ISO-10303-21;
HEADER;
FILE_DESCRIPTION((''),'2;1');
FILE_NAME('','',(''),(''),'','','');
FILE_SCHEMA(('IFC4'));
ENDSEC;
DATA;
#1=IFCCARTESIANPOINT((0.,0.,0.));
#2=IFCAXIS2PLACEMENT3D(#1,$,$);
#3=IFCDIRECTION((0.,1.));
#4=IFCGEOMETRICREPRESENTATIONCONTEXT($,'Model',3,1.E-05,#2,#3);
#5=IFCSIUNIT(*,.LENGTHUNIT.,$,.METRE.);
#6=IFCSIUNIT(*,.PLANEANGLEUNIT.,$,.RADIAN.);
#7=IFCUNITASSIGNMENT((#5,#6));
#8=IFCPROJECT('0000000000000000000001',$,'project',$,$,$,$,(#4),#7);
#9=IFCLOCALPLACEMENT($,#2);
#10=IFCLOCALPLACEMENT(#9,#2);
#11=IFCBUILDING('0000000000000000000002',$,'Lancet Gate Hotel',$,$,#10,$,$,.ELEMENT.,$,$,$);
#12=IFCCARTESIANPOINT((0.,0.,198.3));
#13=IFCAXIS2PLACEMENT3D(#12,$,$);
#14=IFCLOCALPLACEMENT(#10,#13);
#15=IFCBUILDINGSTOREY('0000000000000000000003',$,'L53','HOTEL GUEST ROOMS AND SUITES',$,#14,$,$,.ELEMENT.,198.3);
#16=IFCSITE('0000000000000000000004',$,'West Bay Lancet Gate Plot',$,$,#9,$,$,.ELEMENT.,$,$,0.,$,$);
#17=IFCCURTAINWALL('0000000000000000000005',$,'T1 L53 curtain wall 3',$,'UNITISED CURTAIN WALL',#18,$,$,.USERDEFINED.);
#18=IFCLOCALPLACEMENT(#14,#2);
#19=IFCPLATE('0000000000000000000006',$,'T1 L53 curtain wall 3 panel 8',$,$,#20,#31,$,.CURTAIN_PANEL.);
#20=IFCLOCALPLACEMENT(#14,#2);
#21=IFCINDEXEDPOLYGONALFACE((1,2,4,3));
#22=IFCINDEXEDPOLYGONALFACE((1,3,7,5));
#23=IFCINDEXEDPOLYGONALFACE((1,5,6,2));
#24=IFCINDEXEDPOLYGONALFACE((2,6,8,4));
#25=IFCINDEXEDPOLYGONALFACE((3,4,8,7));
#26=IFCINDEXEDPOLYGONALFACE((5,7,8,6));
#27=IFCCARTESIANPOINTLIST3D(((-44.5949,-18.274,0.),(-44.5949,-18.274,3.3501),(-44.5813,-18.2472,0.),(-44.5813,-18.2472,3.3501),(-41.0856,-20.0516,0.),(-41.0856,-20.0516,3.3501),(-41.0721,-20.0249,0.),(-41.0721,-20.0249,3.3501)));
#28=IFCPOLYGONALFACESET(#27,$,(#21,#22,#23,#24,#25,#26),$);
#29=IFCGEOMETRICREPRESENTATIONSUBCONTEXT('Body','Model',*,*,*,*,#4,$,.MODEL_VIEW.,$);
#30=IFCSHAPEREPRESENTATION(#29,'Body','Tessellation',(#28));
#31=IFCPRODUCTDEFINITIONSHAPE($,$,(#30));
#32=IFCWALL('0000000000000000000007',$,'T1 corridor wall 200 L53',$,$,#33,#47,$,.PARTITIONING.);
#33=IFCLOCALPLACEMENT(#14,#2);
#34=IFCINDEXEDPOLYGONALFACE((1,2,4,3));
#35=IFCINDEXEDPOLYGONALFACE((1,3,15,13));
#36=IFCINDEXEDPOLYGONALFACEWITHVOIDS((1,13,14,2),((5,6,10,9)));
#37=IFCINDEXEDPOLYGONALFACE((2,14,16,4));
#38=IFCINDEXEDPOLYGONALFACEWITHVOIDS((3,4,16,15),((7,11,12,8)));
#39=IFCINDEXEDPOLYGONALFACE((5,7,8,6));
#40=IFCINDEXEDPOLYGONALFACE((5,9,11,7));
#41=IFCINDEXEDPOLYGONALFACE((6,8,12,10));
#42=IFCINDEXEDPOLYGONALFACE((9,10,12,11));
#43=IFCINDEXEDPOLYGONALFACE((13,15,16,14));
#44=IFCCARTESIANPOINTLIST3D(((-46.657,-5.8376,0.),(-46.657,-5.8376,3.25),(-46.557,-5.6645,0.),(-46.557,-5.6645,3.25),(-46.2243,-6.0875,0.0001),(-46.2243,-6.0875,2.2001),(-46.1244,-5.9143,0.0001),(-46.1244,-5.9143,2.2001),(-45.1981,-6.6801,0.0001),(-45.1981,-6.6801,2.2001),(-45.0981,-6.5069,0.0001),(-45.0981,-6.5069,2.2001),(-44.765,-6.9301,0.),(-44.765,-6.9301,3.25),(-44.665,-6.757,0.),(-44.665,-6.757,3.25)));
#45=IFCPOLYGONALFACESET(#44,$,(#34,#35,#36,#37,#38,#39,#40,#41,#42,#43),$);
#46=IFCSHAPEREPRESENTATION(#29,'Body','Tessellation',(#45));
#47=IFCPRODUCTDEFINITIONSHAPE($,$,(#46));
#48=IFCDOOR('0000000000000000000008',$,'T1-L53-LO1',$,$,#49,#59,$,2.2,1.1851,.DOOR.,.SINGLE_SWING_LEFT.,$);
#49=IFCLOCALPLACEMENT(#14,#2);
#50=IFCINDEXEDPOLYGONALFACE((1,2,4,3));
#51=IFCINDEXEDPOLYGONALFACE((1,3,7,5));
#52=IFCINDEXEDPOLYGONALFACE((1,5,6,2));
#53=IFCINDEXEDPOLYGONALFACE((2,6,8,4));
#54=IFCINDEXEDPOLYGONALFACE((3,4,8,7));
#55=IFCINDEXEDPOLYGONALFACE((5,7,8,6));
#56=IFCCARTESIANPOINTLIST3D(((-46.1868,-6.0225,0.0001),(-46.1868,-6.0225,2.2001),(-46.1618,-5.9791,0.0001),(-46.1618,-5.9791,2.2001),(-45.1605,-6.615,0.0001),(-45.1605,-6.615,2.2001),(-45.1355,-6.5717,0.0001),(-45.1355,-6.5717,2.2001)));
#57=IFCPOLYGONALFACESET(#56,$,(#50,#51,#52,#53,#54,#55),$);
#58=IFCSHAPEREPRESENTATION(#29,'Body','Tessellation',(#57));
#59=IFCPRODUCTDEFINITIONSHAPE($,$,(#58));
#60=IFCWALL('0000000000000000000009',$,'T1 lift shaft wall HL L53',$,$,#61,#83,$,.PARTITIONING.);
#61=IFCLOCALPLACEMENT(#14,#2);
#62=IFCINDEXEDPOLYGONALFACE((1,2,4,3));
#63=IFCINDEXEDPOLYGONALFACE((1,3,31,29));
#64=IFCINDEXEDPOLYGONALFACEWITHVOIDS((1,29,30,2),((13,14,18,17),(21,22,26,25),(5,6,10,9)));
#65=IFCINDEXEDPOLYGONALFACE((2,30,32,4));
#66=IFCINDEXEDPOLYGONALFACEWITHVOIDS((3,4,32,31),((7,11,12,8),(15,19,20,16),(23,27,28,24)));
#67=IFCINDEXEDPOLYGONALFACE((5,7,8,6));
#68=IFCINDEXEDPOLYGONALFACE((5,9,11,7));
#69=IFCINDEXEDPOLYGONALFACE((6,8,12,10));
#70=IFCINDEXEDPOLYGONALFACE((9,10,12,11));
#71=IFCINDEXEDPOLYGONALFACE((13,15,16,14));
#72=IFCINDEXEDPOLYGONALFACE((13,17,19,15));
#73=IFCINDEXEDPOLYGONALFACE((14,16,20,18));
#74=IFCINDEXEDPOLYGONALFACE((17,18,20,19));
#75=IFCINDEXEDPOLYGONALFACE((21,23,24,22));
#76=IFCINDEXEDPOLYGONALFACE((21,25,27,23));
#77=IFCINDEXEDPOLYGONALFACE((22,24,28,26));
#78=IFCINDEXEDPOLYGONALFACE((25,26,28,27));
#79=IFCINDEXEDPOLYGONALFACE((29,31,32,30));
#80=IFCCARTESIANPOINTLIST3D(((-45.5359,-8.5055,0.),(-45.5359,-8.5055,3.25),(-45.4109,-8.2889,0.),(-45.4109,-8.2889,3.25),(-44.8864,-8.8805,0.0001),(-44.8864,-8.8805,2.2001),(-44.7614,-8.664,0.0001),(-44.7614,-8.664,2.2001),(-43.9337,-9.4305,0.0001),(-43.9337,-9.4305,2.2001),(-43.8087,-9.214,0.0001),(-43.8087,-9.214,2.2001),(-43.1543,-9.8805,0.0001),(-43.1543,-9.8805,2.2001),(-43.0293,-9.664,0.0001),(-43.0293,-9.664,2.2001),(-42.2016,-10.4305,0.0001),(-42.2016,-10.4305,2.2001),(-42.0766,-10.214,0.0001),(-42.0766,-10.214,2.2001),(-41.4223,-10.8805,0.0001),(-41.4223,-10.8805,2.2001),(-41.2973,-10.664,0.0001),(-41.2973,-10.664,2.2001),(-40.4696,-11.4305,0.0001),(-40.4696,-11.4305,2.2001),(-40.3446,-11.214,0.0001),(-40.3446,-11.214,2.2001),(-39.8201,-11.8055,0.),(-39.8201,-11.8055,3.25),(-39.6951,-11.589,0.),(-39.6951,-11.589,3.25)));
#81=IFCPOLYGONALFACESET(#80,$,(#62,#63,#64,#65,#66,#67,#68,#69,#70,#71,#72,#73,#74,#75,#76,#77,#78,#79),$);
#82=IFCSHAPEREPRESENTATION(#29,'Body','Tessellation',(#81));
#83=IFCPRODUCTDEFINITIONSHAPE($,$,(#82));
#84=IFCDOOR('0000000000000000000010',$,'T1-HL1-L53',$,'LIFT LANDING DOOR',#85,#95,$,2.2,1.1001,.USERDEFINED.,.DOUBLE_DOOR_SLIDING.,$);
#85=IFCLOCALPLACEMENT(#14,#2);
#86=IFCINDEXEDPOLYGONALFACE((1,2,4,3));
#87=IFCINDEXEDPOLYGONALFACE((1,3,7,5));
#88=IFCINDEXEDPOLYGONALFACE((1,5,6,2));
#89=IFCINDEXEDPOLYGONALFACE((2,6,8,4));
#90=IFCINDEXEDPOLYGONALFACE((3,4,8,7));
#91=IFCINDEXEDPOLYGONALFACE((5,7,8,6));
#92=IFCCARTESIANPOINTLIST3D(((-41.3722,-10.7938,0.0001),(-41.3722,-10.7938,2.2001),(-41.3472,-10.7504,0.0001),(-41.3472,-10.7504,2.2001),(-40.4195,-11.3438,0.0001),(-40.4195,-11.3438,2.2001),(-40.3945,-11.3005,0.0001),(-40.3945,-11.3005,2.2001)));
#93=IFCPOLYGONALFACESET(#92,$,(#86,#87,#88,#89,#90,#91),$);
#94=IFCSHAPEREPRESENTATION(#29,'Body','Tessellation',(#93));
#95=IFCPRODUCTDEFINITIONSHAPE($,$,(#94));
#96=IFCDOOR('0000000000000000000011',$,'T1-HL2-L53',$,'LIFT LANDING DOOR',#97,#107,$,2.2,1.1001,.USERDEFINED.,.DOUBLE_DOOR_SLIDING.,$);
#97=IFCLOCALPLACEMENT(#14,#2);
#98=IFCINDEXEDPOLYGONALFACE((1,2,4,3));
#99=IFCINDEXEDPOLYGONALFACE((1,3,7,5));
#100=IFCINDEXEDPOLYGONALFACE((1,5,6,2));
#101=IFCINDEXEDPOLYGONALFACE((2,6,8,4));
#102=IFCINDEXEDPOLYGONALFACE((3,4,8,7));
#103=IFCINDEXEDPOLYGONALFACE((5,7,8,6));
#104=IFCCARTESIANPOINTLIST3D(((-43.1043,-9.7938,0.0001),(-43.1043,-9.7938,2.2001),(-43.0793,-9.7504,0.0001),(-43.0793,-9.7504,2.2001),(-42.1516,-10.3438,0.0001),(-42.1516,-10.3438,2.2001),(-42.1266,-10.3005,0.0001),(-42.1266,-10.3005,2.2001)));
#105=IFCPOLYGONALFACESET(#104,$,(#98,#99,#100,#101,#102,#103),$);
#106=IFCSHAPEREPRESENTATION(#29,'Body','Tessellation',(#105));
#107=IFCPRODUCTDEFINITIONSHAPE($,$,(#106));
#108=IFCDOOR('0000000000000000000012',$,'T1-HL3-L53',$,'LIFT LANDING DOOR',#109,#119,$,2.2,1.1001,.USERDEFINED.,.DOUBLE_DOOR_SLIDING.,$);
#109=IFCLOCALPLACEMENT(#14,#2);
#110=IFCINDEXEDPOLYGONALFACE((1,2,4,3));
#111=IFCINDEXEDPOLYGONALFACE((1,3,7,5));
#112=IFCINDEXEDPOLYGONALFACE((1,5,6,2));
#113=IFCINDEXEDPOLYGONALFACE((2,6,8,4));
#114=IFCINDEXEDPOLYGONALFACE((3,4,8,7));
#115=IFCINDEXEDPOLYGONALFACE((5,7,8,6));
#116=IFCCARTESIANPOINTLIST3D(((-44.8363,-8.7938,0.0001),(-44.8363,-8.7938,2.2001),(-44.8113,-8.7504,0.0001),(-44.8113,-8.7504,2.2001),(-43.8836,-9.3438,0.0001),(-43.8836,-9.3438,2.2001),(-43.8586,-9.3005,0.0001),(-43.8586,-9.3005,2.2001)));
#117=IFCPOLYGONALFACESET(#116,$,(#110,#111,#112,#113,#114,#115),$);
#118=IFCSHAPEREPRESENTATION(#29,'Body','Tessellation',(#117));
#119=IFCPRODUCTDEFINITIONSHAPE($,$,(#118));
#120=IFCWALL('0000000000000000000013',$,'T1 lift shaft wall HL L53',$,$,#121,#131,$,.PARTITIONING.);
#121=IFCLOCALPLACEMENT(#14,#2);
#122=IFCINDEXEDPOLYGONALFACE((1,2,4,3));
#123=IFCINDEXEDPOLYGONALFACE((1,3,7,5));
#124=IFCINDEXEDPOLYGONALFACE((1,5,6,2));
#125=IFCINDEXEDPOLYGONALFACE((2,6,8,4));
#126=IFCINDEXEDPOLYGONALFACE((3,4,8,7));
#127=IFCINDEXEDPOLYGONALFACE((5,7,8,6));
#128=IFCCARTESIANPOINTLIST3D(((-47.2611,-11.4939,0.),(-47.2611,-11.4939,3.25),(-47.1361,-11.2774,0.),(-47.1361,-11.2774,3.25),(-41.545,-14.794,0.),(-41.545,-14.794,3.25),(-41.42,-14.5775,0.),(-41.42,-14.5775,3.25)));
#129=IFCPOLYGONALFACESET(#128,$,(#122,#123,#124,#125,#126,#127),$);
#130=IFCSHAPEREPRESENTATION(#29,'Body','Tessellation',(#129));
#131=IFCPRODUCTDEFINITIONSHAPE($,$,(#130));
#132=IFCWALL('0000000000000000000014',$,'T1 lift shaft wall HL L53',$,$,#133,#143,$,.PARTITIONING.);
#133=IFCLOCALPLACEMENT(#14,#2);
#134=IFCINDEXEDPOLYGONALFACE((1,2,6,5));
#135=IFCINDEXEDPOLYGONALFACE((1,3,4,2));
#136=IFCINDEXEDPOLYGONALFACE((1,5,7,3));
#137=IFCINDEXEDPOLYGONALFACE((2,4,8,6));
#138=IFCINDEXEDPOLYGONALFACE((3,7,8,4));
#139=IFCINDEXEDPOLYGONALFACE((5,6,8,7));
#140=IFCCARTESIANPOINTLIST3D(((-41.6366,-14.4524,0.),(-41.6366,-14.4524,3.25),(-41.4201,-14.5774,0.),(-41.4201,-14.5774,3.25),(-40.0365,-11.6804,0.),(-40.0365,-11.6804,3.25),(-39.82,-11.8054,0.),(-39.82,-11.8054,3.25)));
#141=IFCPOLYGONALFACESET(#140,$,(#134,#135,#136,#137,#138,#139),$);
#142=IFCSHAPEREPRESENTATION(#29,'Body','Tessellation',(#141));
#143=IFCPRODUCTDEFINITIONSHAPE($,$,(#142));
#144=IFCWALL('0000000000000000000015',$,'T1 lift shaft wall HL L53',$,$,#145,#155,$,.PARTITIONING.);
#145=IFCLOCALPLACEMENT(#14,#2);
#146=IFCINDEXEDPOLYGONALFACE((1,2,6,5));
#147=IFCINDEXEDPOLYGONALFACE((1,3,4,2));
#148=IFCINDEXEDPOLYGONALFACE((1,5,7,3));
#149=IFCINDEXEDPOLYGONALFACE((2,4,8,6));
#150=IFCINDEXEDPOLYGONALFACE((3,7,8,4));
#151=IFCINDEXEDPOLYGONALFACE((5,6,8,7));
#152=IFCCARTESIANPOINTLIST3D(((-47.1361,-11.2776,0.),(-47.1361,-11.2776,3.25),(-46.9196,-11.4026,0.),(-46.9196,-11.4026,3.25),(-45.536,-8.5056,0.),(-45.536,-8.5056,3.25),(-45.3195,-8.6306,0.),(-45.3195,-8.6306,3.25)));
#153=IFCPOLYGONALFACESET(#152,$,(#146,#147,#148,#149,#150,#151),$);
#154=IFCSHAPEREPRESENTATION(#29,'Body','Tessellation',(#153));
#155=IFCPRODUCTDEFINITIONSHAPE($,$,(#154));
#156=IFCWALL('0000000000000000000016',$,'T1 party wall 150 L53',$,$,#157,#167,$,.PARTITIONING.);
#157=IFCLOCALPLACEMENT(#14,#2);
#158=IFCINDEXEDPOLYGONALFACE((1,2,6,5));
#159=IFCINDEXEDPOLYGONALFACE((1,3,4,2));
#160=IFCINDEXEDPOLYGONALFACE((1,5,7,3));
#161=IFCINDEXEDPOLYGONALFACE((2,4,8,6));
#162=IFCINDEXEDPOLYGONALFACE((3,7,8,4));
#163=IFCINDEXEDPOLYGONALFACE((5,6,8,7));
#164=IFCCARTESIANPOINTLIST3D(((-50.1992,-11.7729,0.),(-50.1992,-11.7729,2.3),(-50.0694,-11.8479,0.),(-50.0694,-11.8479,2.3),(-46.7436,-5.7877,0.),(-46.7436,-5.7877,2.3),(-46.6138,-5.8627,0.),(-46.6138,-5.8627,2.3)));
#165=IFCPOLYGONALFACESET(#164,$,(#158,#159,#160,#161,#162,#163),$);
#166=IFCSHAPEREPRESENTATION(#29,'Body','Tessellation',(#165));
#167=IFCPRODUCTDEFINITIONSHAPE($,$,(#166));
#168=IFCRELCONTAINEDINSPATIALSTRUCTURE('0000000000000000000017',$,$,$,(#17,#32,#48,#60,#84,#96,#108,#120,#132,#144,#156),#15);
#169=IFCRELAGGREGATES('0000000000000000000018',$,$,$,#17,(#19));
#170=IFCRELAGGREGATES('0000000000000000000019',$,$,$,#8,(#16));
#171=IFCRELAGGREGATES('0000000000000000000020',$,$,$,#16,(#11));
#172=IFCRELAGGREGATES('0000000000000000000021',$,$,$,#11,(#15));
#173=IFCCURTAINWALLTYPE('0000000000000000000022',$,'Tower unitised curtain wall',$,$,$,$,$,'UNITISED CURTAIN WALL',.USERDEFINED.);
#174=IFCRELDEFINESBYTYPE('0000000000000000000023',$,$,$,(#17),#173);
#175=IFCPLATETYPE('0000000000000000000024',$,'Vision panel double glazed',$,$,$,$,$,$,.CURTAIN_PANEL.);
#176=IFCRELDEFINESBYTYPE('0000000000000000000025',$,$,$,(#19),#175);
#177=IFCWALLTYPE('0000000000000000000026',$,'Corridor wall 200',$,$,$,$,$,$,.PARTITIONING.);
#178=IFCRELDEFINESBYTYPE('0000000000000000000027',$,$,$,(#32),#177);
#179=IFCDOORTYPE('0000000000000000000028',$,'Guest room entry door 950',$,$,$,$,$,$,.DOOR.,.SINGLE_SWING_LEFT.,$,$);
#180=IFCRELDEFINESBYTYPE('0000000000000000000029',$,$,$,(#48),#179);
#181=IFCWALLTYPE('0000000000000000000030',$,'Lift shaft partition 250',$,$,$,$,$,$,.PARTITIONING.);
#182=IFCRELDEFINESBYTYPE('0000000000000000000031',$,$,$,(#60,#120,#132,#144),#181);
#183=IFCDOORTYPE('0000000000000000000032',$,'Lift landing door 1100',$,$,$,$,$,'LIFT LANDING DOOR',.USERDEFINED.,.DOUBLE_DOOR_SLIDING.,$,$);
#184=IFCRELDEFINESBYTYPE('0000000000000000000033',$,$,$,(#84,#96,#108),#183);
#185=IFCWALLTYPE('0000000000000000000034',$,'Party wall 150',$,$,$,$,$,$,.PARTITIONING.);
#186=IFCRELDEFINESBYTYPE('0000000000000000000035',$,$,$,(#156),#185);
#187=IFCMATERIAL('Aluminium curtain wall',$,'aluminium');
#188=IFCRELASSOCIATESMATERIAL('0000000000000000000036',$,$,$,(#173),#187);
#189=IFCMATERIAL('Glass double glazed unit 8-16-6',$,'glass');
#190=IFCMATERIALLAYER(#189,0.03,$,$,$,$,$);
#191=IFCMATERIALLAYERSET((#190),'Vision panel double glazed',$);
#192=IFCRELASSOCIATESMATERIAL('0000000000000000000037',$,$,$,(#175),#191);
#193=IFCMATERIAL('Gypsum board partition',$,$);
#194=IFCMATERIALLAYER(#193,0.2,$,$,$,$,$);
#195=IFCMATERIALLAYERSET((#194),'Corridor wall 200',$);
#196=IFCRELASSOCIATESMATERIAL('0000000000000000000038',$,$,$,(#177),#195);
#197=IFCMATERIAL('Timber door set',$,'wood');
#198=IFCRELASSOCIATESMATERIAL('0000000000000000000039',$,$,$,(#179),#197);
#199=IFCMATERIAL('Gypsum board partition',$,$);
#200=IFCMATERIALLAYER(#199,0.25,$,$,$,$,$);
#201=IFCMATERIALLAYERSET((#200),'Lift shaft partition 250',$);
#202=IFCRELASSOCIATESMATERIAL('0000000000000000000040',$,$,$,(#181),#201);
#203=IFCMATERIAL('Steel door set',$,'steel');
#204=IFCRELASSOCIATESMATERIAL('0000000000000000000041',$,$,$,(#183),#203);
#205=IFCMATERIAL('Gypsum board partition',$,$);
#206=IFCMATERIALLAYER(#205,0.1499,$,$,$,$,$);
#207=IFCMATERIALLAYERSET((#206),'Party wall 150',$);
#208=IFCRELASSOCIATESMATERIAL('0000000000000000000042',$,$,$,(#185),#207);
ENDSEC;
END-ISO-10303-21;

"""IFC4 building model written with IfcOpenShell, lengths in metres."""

from ifc_helpers import new_model, si_unit, direction, frame, frame_2d, origin, origin_2d, place, context, subcontext, project, spatial, rectangle, extrude, material, layer, layer_set, type_object, element, fill, aggregate, save


model = new_model("IFC4")

# Units and contexts
model_context = context("Model", 3, precision=1e-05, world=origin(), true_north=direction((0.0, 1.0)))
body_context = subcontext(model_context, "Body", "Model", "MODEL_VIEW")
ifc_project = project(units=[si_unit("LENGTHUNIT", "METRE"), si_unit("PLANEANGLEUNIT", "RADIAN")], contexts=[model_context])

# Site, building, storey
site_placement = place(None, origin())
site = spatial("IfcSite", under=ifc_project, at=site_placement, Name="West Bay Lancet Gate Plot", CompositionType="ELEMENT", RefElevation=0.0)
building_placement = place(site_placement, origin())
building = spatial("IfcBuilding", under=site, at=building_placement, Name="Lancet Gate Hotel", CompositionType="ELEMENT")
storey_placement = place(building_placement, frame((0.0, 0.0, 198.3)))
storey = spatial("IfcBuildingStorey", under=building, at=storey_placement, Name="L53", Description="HOTEL GUEST ROOMS AND SUITES", CompositionType="ELEMENT", Elevation=198.3)

# Curtain wall
ifc_material_1 = material(Name="Aluminium curtain wall", Category="aluminium")
curtain_wall_type = type_object("IfcCurtainWallType", Name="Tower unitised curtain wall", ElementType="UNITISED CURTAIN WALL", PredefinedType="USERDEFINED", material=ifc_material_1)
curtain_wall_placement = place(storey_placement, origin())
curtain_wall = element("IfcCurtainWall", 1, at=curtain_wall_placement, inside=storey, type_object=curtain_wall_type, Name="T1 L53 curtain wall 3", ObjectType="UNITISED CURTAIN WALL", PredefinedType="USERDEFINED")

# Plate
ifc_material_2 = material(Name="Glass double glazed unit 8-16-6", Category="glass")
ifc_layer_1 = layer(ifc_material_2, 0.03)
ifc_layer_set_1 = layer_set([ifc_layer_1], Name="Vision panel double glazed")
plate_type = type_object("IfcPlateType", Name="Vision panel double glazed", PredefinedType="CURTAIN_PANEL", material=ifc_layer_set_1)
plate_1_placement = place(storey_placement, frame((-42.8335, -19.1494, 0.0), z_axis=(0.0, 0.0, 1.0), x_axis=(0.892071, -0.451895, 0.0)))
plate_1 = element("IfcPlate", 2, at=plate_1_placement, type_object=plate_type, Name="T1 L53 curtain wall 3 panel 8", PredefinedType="CURTAIN_PANEL", context=body_context, shape_type="SweptSolid", body=[
    extrude(rectangle(XDim=3.9338, YDim=0.03, at=origin_2d()), origin(), (0.0, 0.0, 1.0), 3.3501),
])
aggregate(curtain_wall, [plate_1])

# Wall, opening, door
ifc_material_3 = material(Name="Gypsum board partition")
ifc_layer_2 = layer(ifc_material_3, 0.2)
ifc_layer_set_2 = layer_set([ifc_layer_2], Name="Corridor wall 200")
wall_type_1 = type_object("IfcWallType", Name="Corridor wall 200", PredefinedType="PARTITIONING", material=ifc_layer_set_2)
wall_1_placement = place(storey_placement, frame((-44.7151, -6.8435, 0.0), z_axis=(0.0, 0.0, 1.0), x_axis=(-0.865999, 0.500045, 0.0)))
wall_1 = element("IfcWall", 3, at=wall_1_placement, inside=storey, type_object=wall_type_1, Name="T1 corridor wall 200 L53", PredefinedType="PARTITIONING", context=body_context, shape_type="SweptSolid", body=[
    extrude(rectangle(XDim=2.1848, YDim=0.2, at=frame_2d((1.0923, 0.0))), origin(), (0.0, 0.0, 1.0), 3.25),
])
opening_1_placement = place(wall_1_placement, frame((0.5, 0.0, 0.0)))
opening_1 = element("IfcOpeningElement", 4, at=opening_1_placement, cuts=wall_1, PredefinedType="OPENING", context=body_context, shape_type="SweptSolid", body=[
    extrude(rectangle(XDim=1.1851, YDim=2.2, at=frame_2d((0.5925, 1.1001))), frame((0.0, 0.1099, 0.0), z_axis=(0.0, -1.0, 0.0), x_axis=(1.0, 0.0, 0.0)), (0.0, 0.0, 1.0), 0.22),
])
ifc_material_4 = material(Name="Timber door set", Category="wood")
door_type_1 = type_object("IfcDoorType", Name="Guest room entry door 950", OperationType="SINGLE_SWING_LEFT", PredefinedType="DOOR", material=ifc_material_4)
door_1_placement = place(opening_1_placement, origin())
door_1 = element("IfcDoor", 5, at=door_1_placement, inside=storey, type_object=door_type_1, Name="T1-L53-LO1", OperationType="SINGLE_SWING_LEFT", OverallHeight=2.2, OverallWidth=1.1851, PredefinedType="DOOR", context=body_context, shape_type="SweptSolid", body=[
    extrude(rectangle(XDim=1.1851, YDim=2.2, at=frame_2d((0.5925, 1.1001))), frame((0.0, 0.0249, 0.0), z_axis=(0.0, -1.0, 0.0), x_axis=(1.0, 0.0, 0.0)), (0.0, 0.0, 1.0), 0.05),
])
fill(opening_1, door_1)

# Wall, openings, doors
ifc_material_5 = material(Name="Gypsum board partition")
ifc_layer_3 = layer(ifc_material_5, 0.25)
ifc_layer_set_3 = layer_set([ifc_layer_3], Name="Lift shaft partition 250")
wall_type_2 = type_object("IfcWallType", Name="Lift shaft partition 250", PredefinedType="PARTITIONING", material=ifc_layer_set_3)
wall_2_placement = place(storey_placement, frame((-39.7576, -11.6973, 0.0), z_axis=(0.0, 0.0, 1.0), x_axis=(-0.866024, 0.500002, 0.0)))
wall_2 = element("IfcWall", 6, at=wall_2_placement, inside=storey, type_object=wall_type_2, Name="T1 lift shaft wall HL L53", PredefinedType="PARTITIONING", context=body_context, shape_type="SweptSolid", body=[
    extrude(rectangle(XDim=6.6001, YDim=0.25, at=frame_2d((3.3, 0.0))), origin(), (0.0, 0.0, 1.0), 3.25),
])
opening_2_placement = place(wall_2_placement, frame((0.75, 0.0, 0.0)))
opening_2 = element("IfcOpeningElement", 7, at=opening_2_placement, cuts=wall_2, PredefinedType="OPENING", context=body_context, shape_type="SweptSolid", body=[
    extrude(rectangle(XDim=1.1001, YDim=2.2, at=frame_2d((0.55, 1.1001))), frame((0.0, 0.135, 0.0), z_axis=(0.0, -1.0, 0.0), x_axis=(1.0, 0.0, 0.0)), (0.0, 0.0, 1.0), 0.27),
])
opening_3_placement = place(wall_2_placement, frame((2.75, 0.0, 0.0)))
opening_3 = element("IfcOpeningElement", 8, at=opening_3_placement, cuts=wall_2, PredefinedType="OPENING", context=body_context, shape_type="SweptSolid", body=[
    extrude(rectangle(XDim=1.1001, YDim=2.2, at=frame_2d((0.55, 1.1001))), frame((0.0, 0.135, 0.0), z_axis=(0.0, -1.0, 0.0), x_axis=(1.0, 0.0, 0.0)), (0.0, 0.0, 1.0), 0.27),
])
opening_4_placement = place(wall_2_placement, frame((4.75, 0.0, 0.0)))
opening_4 = element("IfcOpeningElement", 9, at=opening_4_placement, cuts=wall_2, PredefinedType="OPENING", context=body_context, shape_type="SweptSolid", body=[
    extrude(rectangle(XDim=1.1001, YDim=2.2, at=frame_2d((0.55, 1.1001))), frame((0.0, 0.135, 0.0), z_axis=(0.0, -1.0, 0.0), x_axis=(1.0, 0.0, 0.0)), (0.0, 0.0, 1.0), 0.27),
])
ifc_material_6 = material(Name="Steel door set", Category="steel")
door_type_2 = type_object("IfcDoorType", Name="Lift landing door 1100", ElementType="LIFT LANDING DOOR", OperationType="DOUBLE_DOOR_SLIDING", PredefinedType="USERDEFINED", material=ifc_material_6)
door_2_placement = place(opening_2_placement, origin())
door_2 = element("IfcDoor", 10, at=door_2_placement, inside=storey, type_object=door_type_2, Name="T1-HL1-L53", ObjectType="LIFT LANDING DOOR", OperationType="DOUBLE_DOOR_SLIDING", OverallHeight=2.2, OverallWidth=1.1001, PredefinedType="USERDEFINED", context=body_context, shape_type="SweptSolid", body=[
    extrude(rectangle(XDim=1.1001, YDim=2.2, at=frame_2d((0.55, 1.1001))), frame((0.0, 0.0249, 0.0), z_axis=(0.0, -1.0, 0.0), x_axis=(1.0, 0.0, 0.0)), (0.0, 0.0, 1.0), 0.05),
])
fill(opening_2, door_2)
door_3_placement = place(opening_3_placement, origin())
door_3 = element("IfcDoor", 11, at=door_3_placement, inside=storey, type_object=door_type_2, Name="T1-HL2-L53", ObjectType="LIFT LANDING DOOR", OperationType="DOUBLE_DOOR_SLIDING", OverallHeight=2.2, OverallWidth=1.1001, PredefinedType="USERDEFINED", context=body_context, shape_type="SweptSolid", body=[
    extrude(rectangle(XDim=1.1001, YDim=2.2, at=frame_2d((0.55, 1.1001))), frame((0.0, 0.0249, 0.0), z_axis=(0.0, -1.0, 0.0), x_axis=(1.0, 0.0, 0.0)), (0.0, 0.0, 1.0), 0.05),
])
fill(opening_3, door_3)
door_4_placement = place(opening_4_placement, origin())
door_4 = element("IfcDoor", 12, at=door_4_placement, inside=storey, type_object=door_type_2, Name="T1-HL3-L53", ObjectType="LIFT LANDING DOOR", OperationType="DOUBLE_DOOR_SLIDING", OverallHeight=2.2, OverallWidth=1.1001, PredefinedType="USERDEFINED", context=body_context, shape_type="SweptSolid", body=[
    extrude(rectangle(XDim=1.1001, YDim=2.2, at=frame_2d((0.55, 1.1001))), frame((0.0, 0.0249, 0.0), z_axis=(0.0, -1.0, 0.0), x_axis=(1.0, 0.0, 0.0)), (0.0, 0.0, 1.0), 0.05),
])
fill(opening_4, door_4)

# Walls
wall_3_placement = place(storey_placement, frame((-41.4824, -14.6858, 0.0), z_axis=(0.0, 0.0, 1.0), x_axis=(-0.866033, 0.499986, 0.0)))
element("IfcWall", 13, at=wall_3_placement, inside=storey, type_object=wall_type_2, Name="T1 lift shaft wall HL L53", PredefinedType="PARTITIONING", context=body_context, shape_type="SweptSolid", body=[
    extrude(rectangle(XDim=6.6003, YDim=0.25, at=frame_2d((3.3003, 0.0))), origin(), (0.0, 0.0, 1.0), 3.25),
])
for number, where, z_axis, x_axis, name in (
    (14, (-39.9282, -11.7429, 0.0), (0.0, 0.0, 1.0), (-0.499929, -0.866066, 0.0), "T1 lift shaft wall HL L53"),
    (15, (-45.4277, -8.5681, 0.0), (0.0, 0.0, 1.0), (-0.499929, -0.866066, 0.0), "T1 lift shaft wall HL L53"),
):
    element("IfcWall", number, at=place(storey_placement, frame(where, z_axis=z_axis, x_axis=x_axis)), inside=storey, type_object=wall_type_2, Name=name, PredefinedType="PARTITIONING", context=body_context, shape_type="SweptSolid", body=[
        extrude(rectangle(XDim=3.2007, YDim=0.25, at=frame_2d((1.6003, 0.0))), origin(), (0.0, 0.0, 1.0), 3.25),
    ])
ifc_material_7 = material(Name="Gypsum board partition")
ifc_layer_4 = layer(ifc_material_7, 0.1499)
ifc_layer_set_4 = layer_set([ifc_layer_4], Name="Party wall 150")
wall_type_3 = type_object("IfcWallType", Name="Party wall 150", PredefinedType="PARTITIONING", material=ifc_layer_set_4)
wall_4_placement = place(storey_placement, frame((-46.6787, -5.8252, 0.0), z_axis=(0.0, 0.0, 1.0), x_axis=(-0.500007, -0.866021, 0.0)))
element("IfcWall", 16, at=wall_4_placement, inside=storey, type_object=wall_type_3, Name="T1 party wall 150 L53", PredefinedType="PARTITIONING", context=body_context, shape_type="SweptSolid", body=[
    extrude(rectangle(XDim=6.9111, YDim=0.1499, at=frame_2d((3.4556, 0.0))), origin(), (0.0, 0.0, 1.0), 2.3),
])

save(model, "model.ifc")
